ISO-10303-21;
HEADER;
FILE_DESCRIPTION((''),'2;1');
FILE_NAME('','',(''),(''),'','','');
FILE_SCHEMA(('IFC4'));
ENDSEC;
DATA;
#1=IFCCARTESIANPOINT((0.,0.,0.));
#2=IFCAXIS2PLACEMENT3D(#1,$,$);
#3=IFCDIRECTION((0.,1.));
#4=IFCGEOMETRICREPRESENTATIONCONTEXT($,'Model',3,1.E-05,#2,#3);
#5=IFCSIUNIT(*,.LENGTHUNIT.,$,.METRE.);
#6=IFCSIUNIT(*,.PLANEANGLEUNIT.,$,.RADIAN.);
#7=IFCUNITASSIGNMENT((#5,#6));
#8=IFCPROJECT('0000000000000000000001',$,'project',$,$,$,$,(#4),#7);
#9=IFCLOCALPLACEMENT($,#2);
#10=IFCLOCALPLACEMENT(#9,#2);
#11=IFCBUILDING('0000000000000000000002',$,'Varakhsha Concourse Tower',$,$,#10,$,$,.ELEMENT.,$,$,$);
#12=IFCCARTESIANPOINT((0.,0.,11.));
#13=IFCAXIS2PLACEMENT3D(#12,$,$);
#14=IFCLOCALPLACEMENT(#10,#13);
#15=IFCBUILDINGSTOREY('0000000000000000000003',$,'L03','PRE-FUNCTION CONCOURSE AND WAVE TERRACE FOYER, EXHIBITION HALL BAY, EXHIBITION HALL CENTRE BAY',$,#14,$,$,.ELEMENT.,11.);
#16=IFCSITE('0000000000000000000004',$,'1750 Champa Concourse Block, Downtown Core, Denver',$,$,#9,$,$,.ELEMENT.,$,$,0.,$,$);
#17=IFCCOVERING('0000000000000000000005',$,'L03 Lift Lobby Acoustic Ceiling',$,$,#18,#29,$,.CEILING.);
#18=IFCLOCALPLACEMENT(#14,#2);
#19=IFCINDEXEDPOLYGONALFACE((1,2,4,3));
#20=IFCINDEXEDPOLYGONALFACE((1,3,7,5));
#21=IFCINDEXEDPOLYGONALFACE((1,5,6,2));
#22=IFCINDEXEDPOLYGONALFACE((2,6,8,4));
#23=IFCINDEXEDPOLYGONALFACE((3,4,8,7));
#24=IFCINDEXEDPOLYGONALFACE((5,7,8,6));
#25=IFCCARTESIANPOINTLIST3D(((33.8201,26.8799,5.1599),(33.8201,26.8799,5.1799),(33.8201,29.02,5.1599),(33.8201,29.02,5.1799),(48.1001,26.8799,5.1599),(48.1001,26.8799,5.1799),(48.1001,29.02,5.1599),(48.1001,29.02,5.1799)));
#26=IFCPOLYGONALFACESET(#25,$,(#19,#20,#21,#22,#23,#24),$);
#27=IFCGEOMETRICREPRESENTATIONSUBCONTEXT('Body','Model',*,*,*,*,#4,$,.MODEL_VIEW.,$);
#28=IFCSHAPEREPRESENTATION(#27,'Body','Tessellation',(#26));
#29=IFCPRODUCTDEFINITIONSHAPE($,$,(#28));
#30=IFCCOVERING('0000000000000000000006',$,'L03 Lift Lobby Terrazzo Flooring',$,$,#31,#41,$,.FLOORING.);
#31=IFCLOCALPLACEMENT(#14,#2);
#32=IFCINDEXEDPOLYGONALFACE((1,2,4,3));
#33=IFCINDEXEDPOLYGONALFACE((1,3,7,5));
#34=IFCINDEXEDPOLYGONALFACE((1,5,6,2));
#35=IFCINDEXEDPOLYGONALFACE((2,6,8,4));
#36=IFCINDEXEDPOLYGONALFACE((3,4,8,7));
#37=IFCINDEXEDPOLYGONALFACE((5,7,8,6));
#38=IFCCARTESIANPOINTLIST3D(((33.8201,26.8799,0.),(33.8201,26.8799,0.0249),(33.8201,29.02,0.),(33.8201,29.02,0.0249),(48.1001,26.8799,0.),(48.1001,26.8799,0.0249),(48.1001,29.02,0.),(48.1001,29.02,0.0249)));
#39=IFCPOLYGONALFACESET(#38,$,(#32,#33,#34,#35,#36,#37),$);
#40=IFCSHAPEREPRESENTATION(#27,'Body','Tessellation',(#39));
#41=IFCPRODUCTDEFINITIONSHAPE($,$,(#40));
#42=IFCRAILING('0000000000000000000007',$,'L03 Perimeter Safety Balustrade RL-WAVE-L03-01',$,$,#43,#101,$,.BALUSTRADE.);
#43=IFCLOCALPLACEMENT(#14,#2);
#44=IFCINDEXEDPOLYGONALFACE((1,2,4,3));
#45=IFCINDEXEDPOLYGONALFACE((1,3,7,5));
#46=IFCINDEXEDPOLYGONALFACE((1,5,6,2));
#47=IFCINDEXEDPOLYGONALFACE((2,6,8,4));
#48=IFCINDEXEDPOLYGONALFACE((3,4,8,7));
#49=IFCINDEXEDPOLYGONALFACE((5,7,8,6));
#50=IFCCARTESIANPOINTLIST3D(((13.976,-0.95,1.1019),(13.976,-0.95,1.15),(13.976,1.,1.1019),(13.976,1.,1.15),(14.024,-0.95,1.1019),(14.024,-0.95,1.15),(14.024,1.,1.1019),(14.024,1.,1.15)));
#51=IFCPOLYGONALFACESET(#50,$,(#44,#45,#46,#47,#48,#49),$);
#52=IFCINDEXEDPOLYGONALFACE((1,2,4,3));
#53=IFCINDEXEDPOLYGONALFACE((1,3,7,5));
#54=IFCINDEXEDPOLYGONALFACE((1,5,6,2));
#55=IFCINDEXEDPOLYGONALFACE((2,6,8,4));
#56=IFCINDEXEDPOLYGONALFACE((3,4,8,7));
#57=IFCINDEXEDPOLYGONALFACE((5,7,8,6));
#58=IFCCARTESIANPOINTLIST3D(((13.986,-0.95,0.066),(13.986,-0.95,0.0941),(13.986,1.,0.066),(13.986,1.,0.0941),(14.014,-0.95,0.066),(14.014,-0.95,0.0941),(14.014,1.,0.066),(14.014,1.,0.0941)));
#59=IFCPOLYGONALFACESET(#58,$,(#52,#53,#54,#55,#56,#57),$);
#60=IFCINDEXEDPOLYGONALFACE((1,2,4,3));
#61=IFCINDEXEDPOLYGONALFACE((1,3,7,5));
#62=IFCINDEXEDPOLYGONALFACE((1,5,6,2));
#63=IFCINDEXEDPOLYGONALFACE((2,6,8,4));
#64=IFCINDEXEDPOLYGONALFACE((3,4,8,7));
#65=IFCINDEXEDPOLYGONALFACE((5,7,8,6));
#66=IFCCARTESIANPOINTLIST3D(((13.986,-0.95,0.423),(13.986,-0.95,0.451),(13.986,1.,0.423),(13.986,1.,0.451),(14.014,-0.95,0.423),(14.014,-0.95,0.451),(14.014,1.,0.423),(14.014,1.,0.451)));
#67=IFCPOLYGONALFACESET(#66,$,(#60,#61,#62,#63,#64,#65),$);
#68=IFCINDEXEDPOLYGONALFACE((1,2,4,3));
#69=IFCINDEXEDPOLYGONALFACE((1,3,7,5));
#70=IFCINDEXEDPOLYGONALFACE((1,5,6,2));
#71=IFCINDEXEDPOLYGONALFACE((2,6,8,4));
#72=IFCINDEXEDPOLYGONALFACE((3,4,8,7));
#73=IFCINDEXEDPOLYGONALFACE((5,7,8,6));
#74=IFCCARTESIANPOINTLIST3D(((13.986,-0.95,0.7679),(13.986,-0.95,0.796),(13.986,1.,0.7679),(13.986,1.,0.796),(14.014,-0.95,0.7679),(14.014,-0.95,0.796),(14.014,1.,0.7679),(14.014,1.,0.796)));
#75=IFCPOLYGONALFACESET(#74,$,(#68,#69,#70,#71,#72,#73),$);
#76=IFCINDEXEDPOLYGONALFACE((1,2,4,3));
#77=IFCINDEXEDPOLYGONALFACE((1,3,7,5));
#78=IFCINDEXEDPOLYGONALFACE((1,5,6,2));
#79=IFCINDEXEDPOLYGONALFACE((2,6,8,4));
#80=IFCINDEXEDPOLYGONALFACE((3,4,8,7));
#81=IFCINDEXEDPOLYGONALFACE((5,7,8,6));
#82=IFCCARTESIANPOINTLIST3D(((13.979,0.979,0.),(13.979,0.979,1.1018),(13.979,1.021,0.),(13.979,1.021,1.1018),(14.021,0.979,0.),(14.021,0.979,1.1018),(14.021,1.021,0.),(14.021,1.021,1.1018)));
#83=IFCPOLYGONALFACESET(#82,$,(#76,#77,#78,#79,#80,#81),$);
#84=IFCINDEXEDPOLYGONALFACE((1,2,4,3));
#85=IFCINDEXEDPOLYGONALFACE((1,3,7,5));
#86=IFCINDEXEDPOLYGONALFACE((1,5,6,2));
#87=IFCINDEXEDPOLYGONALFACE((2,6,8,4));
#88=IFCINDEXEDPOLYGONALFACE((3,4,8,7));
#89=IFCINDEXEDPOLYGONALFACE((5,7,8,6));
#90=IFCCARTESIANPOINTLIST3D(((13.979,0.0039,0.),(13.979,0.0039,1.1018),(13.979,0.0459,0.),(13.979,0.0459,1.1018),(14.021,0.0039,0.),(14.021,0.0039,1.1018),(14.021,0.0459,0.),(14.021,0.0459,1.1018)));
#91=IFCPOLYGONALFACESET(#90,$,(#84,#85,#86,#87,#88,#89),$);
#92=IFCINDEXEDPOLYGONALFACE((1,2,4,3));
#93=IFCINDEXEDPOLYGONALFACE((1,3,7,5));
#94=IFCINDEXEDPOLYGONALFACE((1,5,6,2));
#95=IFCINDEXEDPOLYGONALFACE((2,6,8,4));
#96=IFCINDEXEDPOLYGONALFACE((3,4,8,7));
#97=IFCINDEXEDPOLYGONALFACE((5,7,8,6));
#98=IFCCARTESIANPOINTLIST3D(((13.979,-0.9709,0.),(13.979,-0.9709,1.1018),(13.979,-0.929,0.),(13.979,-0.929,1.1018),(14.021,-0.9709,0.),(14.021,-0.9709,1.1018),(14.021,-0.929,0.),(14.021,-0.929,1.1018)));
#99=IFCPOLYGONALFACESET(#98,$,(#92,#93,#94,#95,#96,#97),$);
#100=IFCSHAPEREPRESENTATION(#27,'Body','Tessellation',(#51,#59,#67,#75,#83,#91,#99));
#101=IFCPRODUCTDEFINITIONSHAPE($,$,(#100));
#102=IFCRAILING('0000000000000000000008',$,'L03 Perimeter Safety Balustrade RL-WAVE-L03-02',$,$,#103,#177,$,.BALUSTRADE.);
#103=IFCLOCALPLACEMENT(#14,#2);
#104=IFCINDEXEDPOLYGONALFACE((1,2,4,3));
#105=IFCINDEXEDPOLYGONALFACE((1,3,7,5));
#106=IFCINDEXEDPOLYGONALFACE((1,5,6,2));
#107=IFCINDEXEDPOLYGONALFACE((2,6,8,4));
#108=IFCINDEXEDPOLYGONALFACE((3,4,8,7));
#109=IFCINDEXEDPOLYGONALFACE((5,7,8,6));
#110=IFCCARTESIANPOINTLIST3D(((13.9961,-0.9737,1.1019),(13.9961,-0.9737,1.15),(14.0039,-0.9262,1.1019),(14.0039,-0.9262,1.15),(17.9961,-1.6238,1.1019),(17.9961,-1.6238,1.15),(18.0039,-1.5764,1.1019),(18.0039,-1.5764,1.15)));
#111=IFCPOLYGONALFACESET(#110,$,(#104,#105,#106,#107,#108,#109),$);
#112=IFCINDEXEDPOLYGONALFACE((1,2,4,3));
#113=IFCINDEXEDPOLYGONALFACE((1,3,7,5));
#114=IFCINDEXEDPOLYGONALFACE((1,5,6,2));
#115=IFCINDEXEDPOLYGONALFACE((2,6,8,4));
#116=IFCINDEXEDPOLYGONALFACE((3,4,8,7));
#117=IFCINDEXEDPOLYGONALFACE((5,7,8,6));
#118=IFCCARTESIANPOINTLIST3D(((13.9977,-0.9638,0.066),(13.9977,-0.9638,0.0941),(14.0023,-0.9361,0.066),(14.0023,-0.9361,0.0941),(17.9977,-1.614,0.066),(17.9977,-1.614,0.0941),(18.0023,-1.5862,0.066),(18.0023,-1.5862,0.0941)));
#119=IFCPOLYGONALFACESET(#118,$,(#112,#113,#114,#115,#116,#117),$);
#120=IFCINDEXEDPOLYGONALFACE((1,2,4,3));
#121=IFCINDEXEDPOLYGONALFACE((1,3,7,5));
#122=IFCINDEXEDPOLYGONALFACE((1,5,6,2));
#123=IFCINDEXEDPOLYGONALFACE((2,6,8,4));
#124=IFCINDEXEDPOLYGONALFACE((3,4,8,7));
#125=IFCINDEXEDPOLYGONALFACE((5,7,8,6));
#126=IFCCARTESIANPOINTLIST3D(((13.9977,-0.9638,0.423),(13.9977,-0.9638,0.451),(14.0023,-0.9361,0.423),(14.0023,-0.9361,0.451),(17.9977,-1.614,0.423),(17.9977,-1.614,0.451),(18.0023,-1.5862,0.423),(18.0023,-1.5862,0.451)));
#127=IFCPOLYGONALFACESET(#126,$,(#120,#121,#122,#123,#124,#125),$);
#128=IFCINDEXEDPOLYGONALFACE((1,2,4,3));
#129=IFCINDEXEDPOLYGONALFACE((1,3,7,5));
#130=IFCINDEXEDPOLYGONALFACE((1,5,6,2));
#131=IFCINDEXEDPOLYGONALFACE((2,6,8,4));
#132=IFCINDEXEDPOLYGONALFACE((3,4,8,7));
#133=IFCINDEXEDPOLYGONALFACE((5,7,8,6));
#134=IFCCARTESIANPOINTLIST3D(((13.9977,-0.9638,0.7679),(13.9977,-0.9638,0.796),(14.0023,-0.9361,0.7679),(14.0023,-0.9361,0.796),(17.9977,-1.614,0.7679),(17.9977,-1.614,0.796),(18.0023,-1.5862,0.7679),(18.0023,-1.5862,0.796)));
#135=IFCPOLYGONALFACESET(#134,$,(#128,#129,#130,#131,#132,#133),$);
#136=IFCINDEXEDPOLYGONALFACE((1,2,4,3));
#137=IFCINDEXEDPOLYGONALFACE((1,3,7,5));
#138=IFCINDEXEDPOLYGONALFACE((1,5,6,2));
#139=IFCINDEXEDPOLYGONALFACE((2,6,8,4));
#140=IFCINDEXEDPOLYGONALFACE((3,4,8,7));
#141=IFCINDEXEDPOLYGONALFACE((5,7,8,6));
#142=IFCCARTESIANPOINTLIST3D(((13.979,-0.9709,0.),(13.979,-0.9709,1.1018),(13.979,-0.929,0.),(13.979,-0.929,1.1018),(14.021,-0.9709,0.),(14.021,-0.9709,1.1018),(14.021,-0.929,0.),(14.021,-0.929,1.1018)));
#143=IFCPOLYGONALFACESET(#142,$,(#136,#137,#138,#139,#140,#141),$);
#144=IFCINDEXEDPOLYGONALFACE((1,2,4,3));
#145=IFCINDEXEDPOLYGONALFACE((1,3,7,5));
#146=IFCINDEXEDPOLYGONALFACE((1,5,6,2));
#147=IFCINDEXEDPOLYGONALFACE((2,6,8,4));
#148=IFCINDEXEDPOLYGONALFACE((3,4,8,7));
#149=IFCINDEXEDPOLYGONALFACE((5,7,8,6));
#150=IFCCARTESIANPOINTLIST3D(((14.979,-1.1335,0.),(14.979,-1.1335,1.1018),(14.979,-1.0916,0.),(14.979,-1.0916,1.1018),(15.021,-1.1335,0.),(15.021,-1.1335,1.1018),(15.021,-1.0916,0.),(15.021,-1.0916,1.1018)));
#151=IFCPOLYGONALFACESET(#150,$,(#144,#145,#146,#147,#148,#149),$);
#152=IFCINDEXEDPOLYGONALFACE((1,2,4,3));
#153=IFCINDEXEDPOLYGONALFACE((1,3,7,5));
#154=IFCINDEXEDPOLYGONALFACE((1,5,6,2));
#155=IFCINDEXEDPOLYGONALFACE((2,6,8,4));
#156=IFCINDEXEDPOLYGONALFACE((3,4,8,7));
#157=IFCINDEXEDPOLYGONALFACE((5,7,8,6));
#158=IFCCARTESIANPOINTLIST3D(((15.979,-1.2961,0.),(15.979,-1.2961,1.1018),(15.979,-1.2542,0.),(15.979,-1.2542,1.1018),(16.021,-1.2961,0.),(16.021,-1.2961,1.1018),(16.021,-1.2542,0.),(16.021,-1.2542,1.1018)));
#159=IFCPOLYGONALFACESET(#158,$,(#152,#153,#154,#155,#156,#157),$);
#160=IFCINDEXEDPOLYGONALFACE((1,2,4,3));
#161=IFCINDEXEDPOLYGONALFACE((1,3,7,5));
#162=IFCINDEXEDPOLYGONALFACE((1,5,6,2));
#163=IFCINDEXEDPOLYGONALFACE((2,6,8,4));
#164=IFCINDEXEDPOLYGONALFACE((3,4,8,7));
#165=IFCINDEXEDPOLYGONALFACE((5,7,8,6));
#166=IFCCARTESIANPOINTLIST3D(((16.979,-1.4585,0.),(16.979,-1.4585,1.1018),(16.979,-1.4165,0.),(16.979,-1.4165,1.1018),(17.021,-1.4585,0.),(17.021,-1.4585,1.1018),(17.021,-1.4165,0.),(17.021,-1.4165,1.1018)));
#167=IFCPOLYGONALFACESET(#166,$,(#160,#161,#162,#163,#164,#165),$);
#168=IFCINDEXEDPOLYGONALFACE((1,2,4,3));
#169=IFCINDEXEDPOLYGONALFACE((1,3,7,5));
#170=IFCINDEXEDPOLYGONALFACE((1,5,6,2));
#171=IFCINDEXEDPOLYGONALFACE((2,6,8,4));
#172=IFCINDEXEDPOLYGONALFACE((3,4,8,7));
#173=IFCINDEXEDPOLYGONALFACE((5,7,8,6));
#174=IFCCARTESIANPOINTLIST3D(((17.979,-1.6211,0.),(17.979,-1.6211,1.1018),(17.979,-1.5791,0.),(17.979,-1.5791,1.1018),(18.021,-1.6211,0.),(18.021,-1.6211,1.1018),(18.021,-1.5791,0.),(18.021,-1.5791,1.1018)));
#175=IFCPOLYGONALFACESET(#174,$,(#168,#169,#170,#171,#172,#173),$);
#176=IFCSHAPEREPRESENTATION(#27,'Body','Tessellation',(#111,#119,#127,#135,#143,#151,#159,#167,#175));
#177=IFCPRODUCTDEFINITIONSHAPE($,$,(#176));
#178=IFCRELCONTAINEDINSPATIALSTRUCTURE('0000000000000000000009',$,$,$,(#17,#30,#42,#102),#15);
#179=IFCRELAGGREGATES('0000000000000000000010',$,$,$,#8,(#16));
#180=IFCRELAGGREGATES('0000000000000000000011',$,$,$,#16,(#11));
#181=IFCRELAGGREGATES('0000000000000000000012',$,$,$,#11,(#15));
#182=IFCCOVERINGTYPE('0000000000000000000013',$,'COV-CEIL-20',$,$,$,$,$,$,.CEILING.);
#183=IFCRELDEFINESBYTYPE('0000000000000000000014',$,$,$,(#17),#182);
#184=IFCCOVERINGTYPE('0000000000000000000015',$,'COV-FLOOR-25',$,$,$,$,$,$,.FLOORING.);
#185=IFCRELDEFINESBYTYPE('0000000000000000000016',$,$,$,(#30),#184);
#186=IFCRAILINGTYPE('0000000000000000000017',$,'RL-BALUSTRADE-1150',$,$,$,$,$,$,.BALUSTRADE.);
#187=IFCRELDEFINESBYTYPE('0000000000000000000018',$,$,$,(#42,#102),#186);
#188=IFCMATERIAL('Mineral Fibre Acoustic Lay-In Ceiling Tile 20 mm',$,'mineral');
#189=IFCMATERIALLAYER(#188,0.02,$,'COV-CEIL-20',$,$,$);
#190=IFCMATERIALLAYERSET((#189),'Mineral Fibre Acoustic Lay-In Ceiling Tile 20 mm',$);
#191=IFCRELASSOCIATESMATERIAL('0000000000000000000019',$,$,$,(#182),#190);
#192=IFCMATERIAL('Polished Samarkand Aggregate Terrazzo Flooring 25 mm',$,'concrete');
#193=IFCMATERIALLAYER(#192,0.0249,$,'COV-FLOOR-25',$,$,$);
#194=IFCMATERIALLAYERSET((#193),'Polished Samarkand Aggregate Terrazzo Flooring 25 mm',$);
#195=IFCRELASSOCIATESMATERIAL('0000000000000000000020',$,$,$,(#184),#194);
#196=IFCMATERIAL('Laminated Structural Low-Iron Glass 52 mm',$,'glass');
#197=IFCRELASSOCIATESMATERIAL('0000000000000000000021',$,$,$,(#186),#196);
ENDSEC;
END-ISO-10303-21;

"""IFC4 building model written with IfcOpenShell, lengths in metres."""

from ifc_helpers import new_model, si_unit, direction, frame, origin, origin_2d, place, context, subcontext, project, spatial, polyline, rectangle, outline, extrude, material, layer, layer_set, type_object, element, save


model = new_model("IFC4")

# Units and contexts
model_context = context("Model", 3, precision=1e-05, world=origin(), true_north=direction((0.0, 1.0)))
body_context = subcontext(model_context, "Body", "Model", "MODEL_VIEW")
ifc_project = project(units=[si_unit("LENGTHUNIT", "METRE"), si_unit("PLANEANGLEUNIT", "RADIAN")], contexts=[model_context])

# Site, building, storey
site_placement = place(None, origin())
site = spatial("IfcSite", under=ifc_project, at=site_placement, Name="1750 Champa Concourse Block, Downtown Core, Denver", CompositionType="ELEMENT", RefElevation=0.0)
building_placement = place(site_placement, origin())
building = spatial("IfcBuilding", under=site, at=building_placement, Name="Varakhsha Concourse Tower", CompositionType="ELEMENT")
storey_placement = place(building_placement, frame((0.0, 0.0, 11.0)))
storey = spatial("IfcBuildingStorey", under=building, at=storey_placement, Name="L03", Description="PRE-FUNCTION CONCOURSE AND WAVE TERRACE FOYER, EXHIBITION HALL BAY, EXHIBITION HALL CENTRE BAY", CompositionType="ELEMENT", Elevation=11.0)

# Coverings
ifc_material_1 = material(Name="Mineral Fibre Acoustic Lay-In Ceiling Tile 20 mm", Category="mineral")
ifc_layer_1 = layer(ifc_material_1, 0.02, Name="COV-CEIL-20")
ifc_layer_set_1 = layer_set([ifc_layer_1], Name="Mineral Fibre Acoustic Lay-In Ceiling Tile 20 mm")
covering_type_1 = type_object("IfcCoveringType", Name="COV-CEIL-20", PredefinedType="CEILING", material=ifc_layer_set_1)
covering_1_placement = place(storey_placement, frame((0.0, 0.0, 5.1599)))
element("IfcCovering", 1, at=covering_1_placement, inside=storey, type_object=covering_type_1, Name="L03 Lift Lobby Acoustic Ceiling", PredefinedType="CEILING", context=body_context, shape_type="SweptSolid", body=[
    extrude(outline(polyline([(33.8201, 26.8799), (48.1001, 26.8799), (48.1001, 29.02), (33.8201, 29.02), (33.8201, 26.8799)])), origin(), (0.0, 0.0, 1.0), 0.02),
])
ifc_material_2 = material(Name="Polished Samarkand Aggregate Terrazzo Flooring 25 mm", Category="concrete")
ifc_layer_2 = layer(ifc_material_2, 0.0249, Name="COV-FLOOR-25")
ifc_layer_set_2 = layer_set([ifc_layer_2], Name="Polished Samarkand Aggregate Terrazzo Flooring 25 mm")
covering_type_2 = type_object("IfcCoveringType", Name="COV-FLOOR-25", PredefinedType="FLOORING", material=ifc_layer_set_2)
covering_2_placement = place(storey_placement, origin())
element("IfcCovering", 2, at=covering_2_placement, inside=storey, type_object=covering_type_2, Name="L03 Lift Lobby Terrazzo Flooring", PredefinedType="FLOORING", context=body_context, shape_type="SweptSolid", body=[
    extrude(outline(polyline([(33.8201, 26.8799), (48.1001, 26.8799), (48.1001, 29.02), (33.8201, 29.02), (33.8201, 26.8799)])), origin(), (0.0, 0.0, 1.0), 0.0249),
])

# Railings
ifc_material_3 = material(Name="Laminated Structural Low-Iron Glass 52 mm", Category="glass")
railing_type = type_object("IfcRailingType", Name="RL-BALUSTRADE-1150", PredefinedType="BALUSTRADE", material=ifc_material_3)
railing_1_placement = place(storey_placement, frame((14.0, 1.0, 0.0)))
element("IfcRailing", 3, at=railing_1_placement, inside=storey, type_object=railing_type, Name="L03 Perimeter Safety Balustrade RL-WAVE-L03-01", PredefinedType="BALUSTRADE", context=body_context, shape_type="SweptSolid", body=[
    extrude(rectangle(XDim=0.0481, YDim=0.0481, at=origin_2d()), frame((0.0, 0.0, 1.126), z_axis=(0.0, -1.0, 0.0), x_axis=(1.0, 0.0, 0.0)), (0.0, 0.0, 1.0), 1.95),
    extrude(rectangle(XDim=0.0281, YDim=0.0281, at=origin_2d()), frame((0.0, 0.0, 0.0801), z_axis=(0.0, -1.0, 0.0), x_axis=(1.0, 0.0, 0.0)), (0.0, 0.0, 1.0), 1.95),
    extrude(rectangle(XDim=0.0281, YDim=0.0281, at=origin_2d()), frame((0.0, 0.0, 0.437), z_axis=(0.0, -1.0, 0.0), x_axis=(1.0, 0.0, 0.0)), (0.0, 0.0, 1.0), 1.95),
    extrude(rectangle(XDim=0.0281, YDim=0.0281, at=origin_2d()), frame((0.0, 0.0, 0.782), z_axis=(0.0, -1.0, 0.0), x_axis=(1.0, 0.0, 0.0)), (0.0, 0.0, 1.0), 1.95),
    extrude(rectangle(XDim=0.042, YDim=0.042, at=origin_2d()), origin(), (0.0, 0.0, 1.0), 1.1018),
    extrude(rectangle(XDim=0.042, YDim=0.042, at=origin_2d()), frame((0.0, -0.9751, 0.0)), (0.0, 0.0, 1.0), 1.1018),
    extrude(rectangle(XDim=0.042, YDim=0.042, at=origin_2d()), frame((0.0, -1.95, 0.0)), (0.0, 0.0, 1.0), 1.1018),
])
railing_2_placement = place(storey_placement, frame((14.0, -0.95, 0.0)))
element("IfcRailing", 4, at=railing_2_placement, inside=storey, type_object=railing_type, Name="L03 Perimeter Safety Balustrade RL-WAVE-L03-02", PredefinedType="BALUSTRADE", context=body_context, shape_type="SweptSolid", body=[
    extrude(rectangle(XDim=0.0481, YDim=0.0481, at=origin_2d()), frame((0.0, 0.0, 1.126), z_axis=(0.987047, -0.160431, 0.0), x_axis=(0.160431, 0.987047, 0.0)), (0.0, 0.0, 1.0), 4.0525),
    extrude(rectangle(XDim=0.0281, YDim=0.0281, at=origin_2d()), frame((0.0, 0.0, 0.0801), z_axis=(0.987047, -0.160431, 0.0), x_axis=(0.160431, 0.987047, 0.0)), (0.0, 0.0, 1.0), 4.0525),
    extrude(rectangle(XDim=0.0281, YDim=0.0281, at=origin_2d()), frame((0.0, 0.0, 0.437), z_axis=(0.987047, -0.160431, 0.0), x_axis=(0.160431, 0.987047, 0.0)), (0.0, 0.0, 1.0), 4.0525),
    extrude(rectangle(XDim=0.0281, YDim=0.0281, at=origin_2d()), frame((0.0, 0.0, 0.782), z_axis=(0.987047, -0.160431, 0.0), x_axis=(0.160431, 0.987047, 0.0)), (0.0, 0.0, 1.0), 4.0525),
    extrude(rectangle(XDim=0.042, YDim=0.042, at=origin_2d()), origin(), (0.0, 0.0, 1.0), 1.1018),
    extrude(rectangle(XDim=0.042, YDim=0.042, at=origin_2d()), frame((1.0, -0.1626, 0.0)), (0.0, 0.0, 1.0), 1.1018),
    extrude(rectangle(XDim=0.042, YDim=0.042, at=origin_2d()), frame((2.0, -0.3252, 0.0)), (0.0, 0.0, 1.0), 1.1018),
    extrude(rectangle(XDim=0.042, YDim=0.042, at=origin_2d()), frame((3.0, -0.4875, 0.0)), (0.0, 0.0, 1.0), 1.1018),
    extrude(rectangle(XDim=0.042, YDim=0.042, at=origin_2d()), frame((4.0, -0.6501, 0.0)), (0.0, 0.0, 1.0), 1.1018),
])

save(model, "model.ifc")
